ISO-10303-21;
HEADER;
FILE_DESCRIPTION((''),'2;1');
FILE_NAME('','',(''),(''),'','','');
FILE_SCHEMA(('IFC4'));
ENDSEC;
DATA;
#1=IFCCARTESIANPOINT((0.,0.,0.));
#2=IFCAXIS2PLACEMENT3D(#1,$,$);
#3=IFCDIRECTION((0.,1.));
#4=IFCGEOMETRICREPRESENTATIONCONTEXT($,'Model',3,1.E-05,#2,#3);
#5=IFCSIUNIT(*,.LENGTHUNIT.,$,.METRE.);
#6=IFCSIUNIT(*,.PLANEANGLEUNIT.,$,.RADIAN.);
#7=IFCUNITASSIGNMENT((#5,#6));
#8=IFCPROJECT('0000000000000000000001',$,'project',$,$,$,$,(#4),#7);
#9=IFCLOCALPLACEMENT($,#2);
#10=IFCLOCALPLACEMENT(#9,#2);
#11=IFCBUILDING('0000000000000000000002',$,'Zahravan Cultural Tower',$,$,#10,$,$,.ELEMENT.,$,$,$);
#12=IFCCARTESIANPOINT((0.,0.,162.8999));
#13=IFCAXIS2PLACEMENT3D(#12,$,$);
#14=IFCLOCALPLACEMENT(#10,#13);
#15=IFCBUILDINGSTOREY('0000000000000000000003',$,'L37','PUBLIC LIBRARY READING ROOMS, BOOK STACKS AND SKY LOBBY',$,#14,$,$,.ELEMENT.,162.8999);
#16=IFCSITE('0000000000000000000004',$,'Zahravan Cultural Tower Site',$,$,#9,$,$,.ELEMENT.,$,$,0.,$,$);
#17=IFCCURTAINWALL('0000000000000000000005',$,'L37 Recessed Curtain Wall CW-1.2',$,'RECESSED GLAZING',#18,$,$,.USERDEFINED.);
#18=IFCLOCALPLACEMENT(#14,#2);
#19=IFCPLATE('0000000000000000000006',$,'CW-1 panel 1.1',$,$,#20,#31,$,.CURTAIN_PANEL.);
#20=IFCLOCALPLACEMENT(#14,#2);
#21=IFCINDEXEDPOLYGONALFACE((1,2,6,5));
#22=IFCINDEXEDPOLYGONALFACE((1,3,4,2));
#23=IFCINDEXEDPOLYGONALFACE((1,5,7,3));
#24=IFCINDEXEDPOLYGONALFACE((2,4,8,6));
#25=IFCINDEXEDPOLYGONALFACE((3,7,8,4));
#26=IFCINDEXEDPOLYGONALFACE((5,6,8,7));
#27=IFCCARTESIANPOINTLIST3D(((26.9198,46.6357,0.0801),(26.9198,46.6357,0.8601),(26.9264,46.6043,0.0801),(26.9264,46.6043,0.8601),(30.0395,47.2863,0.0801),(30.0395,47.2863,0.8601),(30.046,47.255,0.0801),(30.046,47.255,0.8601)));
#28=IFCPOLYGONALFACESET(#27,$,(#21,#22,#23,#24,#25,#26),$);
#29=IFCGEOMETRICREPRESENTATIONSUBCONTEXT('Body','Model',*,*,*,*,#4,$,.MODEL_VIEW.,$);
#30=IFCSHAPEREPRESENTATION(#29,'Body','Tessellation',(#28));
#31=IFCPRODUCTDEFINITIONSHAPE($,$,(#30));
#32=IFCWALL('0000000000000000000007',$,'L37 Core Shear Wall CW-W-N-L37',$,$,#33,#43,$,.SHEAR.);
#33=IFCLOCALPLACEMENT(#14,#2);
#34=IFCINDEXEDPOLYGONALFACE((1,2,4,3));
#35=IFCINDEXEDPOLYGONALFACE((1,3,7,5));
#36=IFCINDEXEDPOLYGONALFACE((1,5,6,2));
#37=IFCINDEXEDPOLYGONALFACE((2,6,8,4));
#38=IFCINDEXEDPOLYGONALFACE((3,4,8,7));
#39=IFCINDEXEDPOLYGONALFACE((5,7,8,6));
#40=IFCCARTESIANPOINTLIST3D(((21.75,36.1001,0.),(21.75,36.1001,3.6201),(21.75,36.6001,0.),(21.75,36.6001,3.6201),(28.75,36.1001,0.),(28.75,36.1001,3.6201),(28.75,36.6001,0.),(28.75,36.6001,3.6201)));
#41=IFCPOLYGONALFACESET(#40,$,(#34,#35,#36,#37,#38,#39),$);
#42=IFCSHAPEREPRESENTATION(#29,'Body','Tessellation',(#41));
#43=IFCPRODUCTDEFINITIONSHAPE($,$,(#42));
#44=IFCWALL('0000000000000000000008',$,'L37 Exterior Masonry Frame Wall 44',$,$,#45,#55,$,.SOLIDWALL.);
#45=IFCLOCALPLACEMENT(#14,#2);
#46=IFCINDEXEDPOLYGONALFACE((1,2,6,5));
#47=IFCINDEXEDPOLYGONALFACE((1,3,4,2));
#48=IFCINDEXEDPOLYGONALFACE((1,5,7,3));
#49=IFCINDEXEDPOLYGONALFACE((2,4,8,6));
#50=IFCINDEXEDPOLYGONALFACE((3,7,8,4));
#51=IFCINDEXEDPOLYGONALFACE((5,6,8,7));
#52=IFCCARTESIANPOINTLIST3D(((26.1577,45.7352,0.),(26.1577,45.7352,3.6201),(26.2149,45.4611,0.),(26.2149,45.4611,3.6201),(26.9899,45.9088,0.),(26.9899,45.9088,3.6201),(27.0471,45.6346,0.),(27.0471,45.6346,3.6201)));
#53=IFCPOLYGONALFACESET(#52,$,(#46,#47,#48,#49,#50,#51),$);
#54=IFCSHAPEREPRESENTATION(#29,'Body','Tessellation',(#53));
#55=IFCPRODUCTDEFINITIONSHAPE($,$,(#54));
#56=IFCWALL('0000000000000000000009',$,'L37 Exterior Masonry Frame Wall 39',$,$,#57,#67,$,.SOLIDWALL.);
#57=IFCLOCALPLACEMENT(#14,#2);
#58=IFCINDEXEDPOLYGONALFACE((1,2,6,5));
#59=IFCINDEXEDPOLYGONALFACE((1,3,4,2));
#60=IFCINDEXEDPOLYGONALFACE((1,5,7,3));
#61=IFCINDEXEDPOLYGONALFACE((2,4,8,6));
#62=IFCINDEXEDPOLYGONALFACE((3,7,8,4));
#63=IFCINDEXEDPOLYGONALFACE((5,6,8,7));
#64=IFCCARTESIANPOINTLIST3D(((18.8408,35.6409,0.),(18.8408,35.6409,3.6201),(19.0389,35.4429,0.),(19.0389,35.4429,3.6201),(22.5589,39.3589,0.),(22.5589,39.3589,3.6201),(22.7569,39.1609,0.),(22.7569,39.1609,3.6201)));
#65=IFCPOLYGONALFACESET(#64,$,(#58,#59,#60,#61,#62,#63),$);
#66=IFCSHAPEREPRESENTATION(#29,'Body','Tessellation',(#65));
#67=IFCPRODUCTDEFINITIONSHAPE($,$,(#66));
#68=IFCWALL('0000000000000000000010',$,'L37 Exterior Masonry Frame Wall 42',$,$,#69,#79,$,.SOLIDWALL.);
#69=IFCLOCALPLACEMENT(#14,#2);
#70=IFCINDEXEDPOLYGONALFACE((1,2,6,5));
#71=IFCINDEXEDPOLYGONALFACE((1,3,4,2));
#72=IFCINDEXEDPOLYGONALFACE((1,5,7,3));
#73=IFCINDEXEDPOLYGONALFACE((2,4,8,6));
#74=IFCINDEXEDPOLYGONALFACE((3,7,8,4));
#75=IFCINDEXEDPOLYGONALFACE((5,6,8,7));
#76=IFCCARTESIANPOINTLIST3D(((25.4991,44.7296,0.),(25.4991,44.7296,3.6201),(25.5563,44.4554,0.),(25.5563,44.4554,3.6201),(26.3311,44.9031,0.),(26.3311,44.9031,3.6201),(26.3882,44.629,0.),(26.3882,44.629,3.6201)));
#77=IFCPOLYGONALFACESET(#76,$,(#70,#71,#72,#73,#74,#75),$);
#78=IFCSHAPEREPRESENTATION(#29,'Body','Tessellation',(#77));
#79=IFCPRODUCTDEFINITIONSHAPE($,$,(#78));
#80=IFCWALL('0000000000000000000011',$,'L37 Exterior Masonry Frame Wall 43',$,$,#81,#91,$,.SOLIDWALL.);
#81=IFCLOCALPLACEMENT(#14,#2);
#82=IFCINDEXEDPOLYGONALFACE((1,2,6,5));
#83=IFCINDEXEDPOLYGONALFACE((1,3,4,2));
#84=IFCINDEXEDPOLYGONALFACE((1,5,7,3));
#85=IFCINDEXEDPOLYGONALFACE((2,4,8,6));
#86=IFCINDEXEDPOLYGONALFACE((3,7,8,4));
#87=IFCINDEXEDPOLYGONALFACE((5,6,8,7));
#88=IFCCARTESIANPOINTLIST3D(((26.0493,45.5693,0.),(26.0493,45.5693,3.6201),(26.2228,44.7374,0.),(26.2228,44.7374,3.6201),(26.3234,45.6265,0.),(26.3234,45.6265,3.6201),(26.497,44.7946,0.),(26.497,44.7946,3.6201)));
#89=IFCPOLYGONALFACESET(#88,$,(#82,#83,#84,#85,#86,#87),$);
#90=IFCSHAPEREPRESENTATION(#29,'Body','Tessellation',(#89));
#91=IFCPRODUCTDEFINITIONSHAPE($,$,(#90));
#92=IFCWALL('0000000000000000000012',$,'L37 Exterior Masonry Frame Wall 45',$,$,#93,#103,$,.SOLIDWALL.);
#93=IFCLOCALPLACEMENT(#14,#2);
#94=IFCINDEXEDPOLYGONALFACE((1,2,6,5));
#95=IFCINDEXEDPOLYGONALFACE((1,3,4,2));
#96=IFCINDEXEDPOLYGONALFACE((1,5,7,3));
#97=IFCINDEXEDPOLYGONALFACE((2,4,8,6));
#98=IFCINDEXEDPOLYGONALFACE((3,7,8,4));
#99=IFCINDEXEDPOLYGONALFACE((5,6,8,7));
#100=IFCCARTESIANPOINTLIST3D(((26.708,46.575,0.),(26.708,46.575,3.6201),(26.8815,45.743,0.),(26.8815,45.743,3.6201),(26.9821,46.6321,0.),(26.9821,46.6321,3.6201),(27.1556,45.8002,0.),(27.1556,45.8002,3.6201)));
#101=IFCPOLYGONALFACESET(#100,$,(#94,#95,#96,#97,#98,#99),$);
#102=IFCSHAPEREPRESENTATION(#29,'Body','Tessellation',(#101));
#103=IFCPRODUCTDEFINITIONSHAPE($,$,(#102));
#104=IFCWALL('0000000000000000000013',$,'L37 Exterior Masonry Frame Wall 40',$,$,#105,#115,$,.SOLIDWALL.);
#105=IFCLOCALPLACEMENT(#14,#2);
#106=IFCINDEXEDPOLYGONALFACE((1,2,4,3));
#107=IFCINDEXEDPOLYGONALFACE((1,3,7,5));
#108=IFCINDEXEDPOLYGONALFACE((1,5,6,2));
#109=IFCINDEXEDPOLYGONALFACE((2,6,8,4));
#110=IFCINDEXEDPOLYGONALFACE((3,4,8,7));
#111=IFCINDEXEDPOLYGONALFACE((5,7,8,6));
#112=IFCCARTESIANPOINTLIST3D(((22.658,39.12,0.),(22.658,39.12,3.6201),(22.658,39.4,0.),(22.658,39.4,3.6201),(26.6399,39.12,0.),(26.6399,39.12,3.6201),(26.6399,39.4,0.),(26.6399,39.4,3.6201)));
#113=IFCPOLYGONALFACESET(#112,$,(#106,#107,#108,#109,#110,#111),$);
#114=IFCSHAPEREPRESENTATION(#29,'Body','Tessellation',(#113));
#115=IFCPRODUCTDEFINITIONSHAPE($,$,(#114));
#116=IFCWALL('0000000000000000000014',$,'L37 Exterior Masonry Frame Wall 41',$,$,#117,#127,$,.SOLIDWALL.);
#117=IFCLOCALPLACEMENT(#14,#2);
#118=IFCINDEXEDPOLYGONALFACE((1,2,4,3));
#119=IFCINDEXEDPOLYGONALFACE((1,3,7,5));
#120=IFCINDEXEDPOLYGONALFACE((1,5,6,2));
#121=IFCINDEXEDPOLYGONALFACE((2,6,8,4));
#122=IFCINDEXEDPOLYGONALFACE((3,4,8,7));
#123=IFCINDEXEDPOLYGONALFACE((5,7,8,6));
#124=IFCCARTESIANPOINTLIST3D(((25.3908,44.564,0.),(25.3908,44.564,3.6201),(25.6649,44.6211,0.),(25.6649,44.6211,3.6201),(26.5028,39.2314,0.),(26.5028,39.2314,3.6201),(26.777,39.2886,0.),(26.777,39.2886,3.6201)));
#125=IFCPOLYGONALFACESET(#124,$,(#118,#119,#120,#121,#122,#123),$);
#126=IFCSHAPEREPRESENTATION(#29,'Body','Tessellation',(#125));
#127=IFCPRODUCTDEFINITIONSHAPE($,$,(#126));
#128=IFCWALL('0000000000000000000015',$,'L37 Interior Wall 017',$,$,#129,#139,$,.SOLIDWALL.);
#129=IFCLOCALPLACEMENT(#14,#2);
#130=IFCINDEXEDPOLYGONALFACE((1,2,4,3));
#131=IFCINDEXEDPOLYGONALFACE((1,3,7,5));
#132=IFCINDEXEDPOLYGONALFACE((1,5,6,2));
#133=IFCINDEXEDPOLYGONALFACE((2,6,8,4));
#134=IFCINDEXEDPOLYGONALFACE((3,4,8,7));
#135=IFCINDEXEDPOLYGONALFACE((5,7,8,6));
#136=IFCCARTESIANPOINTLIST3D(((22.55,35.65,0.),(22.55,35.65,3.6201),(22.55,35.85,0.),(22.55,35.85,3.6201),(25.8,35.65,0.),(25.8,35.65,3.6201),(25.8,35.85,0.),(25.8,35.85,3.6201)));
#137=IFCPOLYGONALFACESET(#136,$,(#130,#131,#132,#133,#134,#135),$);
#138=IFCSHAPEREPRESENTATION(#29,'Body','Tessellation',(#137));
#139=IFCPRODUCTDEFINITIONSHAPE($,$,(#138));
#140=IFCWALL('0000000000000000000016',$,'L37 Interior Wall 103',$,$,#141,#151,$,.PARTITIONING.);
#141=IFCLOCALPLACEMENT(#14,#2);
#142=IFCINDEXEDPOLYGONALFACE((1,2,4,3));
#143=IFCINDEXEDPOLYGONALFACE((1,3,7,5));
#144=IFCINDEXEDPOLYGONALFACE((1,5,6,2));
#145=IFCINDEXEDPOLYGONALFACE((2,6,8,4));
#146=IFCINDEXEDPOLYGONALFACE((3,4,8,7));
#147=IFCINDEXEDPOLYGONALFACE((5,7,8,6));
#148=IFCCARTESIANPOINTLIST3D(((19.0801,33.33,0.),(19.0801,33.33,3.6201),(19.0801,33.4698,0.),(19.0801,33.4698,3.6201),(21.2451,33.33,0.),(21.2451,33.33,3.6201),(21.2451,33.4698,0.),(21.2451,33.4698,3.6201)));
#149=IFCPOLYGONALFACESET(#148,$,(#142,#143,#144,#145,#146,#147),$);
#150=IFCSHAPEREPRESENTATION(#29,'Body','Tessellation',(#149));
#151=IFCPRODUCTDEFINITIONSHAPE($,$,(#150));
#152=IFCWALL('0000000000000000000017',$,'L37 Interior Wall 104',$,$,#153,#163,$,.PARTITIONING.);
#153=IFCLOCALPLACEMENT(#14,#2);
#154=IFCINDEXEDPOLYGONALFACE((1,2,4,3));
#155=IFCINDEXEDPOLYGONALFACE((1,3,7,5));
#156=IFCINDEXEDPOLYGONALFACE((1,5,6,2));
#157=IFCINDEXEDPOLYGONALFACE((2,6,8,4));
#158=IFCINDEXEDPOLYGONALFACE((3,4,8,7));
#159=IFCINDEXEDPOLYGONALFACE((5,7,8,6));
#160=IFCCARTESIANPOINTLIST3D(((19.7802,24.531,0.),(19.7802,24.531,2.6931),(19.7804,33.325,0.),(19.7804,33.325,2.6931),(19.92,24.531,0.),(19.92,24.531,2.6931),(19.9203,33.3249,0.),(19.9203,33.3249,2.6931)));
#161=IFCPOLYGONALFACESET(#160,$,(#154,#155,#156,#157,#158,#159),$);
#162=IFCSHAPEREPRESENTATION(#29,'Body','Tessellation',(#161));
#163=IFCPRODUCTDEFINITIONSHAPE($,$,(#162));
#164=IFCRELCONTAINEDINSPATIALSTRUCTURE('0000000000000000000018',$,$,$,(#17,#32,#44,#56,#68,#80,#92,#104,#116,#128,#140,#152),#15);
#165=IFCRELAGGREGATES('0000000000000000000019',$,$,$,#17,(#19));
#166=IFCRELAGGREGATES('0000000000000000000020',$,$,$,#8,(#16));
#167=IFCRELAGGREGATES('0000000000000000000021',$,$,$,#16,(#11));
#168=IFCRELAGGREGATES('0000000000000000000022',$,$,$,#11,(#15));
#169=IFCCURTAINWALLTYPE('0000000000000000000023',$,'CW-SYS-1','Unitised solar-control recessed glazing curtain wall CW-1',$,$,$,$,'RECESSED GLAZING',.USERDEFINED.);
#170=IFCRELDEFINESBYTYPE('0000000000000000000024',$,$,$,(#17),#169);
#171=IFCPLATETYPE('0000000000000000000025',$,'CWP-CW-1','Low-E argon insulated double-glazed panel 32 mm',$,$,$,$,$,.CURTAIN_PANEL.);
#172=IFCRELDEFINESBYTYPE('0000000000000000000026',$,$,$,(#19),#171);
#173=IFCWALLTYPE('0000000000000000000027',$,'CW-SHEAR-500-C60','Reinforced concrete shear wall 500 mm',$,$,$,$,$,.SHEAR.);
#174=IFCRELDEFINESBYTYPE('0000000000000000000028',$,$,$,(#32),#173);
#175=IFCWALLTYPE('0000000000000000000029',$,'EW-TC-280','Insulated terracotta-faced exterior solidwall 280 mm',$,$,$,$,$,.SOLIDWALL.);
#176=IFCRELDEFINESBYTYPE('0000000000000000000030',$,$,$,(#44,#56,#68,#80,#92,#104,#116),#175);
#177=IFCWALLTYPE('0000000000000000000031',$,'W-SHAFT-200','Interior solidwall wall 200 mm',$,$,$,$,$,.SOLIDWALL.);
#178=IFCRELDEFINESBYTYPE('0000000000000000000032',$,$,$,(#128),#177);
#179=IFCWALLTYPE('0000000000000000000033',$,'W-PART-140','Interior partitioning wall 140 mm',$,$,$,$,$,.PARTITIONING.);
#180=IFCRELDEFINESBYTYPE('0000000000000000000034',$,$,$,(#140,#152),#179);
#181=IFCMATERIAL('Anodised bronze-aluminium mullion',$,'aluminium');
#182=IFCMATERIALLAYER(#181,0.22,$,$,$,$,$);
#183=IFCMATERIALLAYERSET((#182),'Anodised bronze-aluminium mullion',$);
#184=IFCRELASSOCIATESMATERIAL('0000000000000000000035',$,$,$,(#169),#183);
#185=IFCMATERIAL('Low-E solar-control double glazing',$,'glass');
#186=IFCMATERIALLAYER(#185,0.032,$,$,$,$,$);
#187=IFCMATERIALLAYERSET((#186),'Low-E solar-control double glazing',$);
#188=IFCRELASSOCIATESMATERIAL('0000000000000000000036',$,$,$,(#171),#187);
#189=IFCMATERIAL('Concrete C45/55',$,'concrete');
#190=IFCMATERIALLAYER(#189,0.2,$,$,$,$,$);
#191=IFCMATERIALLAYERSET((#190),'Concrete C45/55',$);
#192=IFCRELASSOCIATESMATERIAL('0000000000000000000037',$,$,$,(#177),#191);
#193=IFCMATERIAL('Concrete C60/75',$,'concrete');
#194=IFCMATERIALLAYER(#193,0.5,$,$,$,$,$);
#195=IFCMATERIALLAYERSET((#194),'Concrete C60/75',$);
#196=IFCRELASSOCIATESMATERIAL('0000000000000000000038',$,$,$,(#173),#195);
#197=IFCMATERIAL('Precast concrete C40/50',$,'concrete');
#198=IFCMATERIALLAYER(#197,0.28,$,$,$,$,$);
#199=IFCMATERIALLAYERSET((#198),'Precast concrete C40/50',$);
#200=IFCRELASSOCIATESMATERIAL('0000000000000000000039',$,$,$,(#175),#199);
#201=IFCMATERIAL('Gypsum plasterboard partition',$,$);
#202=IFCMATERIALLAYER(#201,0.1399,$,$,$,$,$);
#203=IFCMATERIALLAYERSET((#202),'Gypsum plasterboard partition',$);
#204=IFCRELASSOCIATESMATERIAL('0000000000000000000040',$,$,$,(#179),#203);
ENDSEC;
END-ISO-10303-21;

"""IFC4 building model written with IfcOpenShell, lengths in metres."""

from ifc_helpers import new_model, si_unit, direction, frame, frame_2d, origin, origin_2d, place, context, subcontext, project, spatial, rectangle, extrude, source, transform, mapped, material, layer, layer_set, type_object, element, aggregate, save


model = new_model("IFC4")

# Units and contexts
model_context = context("Model", 3, precision=1e-05, world=origin(), true_north=direction((0.0, 1.0)))
body_context = subcontext(model_context, "Body", "Model", "MODEL_VIEW")
ifc_project = project(units=[si_unit("LENGTHUNIT", "METRE"), si_unit("PLANEANGLEUNIT", "RADIAN")], contexts=[model_context])

# Site, building, storey
site_placement = place(None, origin())
site = spatial("IfcSite", under=ifc_project, at=site_placement, Name="Zahravan Cultural Tower Site", CompositionType="ELEMENT", RefElevation=0.0)
building_placement = place(site_placement, origin())
building = spatial("IfcBuilding", under=site, at=building_placement, Name="Zahravan Cultural Tower", CompositionType="ELEMENT")
storey_placement = place(building_placement, frame((0.0, 0.0, 162.8999)))
storey = spatial("IfcBuildingStorey", under=building, at=storey_placement, Name="L37", Description="PUBLIC LIBRARY READING ROOMS, BOOK STACKS AND SKY LOBBY", CompositionType="ELEMENT", Elevation=162.8999)

# Curtain wall, plate
ifc_material_1 = material(Name="Anodised bronze-aluminium mullion", Category="aluminium")
ifc_layer_1 = layer(ifc_material_1, 0.22)
ifc_layer_set_1 = layer_set([ifc_layer_1], Name="Anodised bronze-aluminium mullion")
curtain_wall_type = type_object("IfcCurtainWallType", Name="CW-SYS-1", Description="Unitised solar-control recessed glazing curtain wall CW-1", ElementType="RECESSED GLAZING", PredefinedType="USERDEFINED", material=ifc_layer_set_1)
curtain_wall_placement = place(storey_placement, origin())
curtain_wall = element("IfcCurtainWall", 1, at=curtain_wall_placement, inside=storey, type_object=curtain_wall_type, Name="L37 Recessed Curtain Wall CW-1.2", ObjectType="RECESSED GLAZING", PredefinedType="USERDEFINED")
ifc_material_2 = material(Name="Low-E solar-control double glazing", Category="glass")
ifc_layer_2 = layer(ifc_material_2, 0.032)
ifc_layer_set_2 = layer_set([ifc_layer_2], Name="Low-E solar-control double glazing")
plate_type = type_object("IfcPlateType", Name="CWP-CW-1", Description="Low-E argon insulated double-glazed panel 32 mm", PredefinedType="CURTAIN_PANEL", material=ifc_layer_set_2)
shared_shape_1 = source(origin(), body_context, "Body", "SweptSolid", [
    extrude(rectangle(XDim=3.1868, YDim=0.032, at=origin_2d()), origin(), (0.0, 0.0, 1.0), 0.78),
])
plate_placement = place(storey_placement, frame((28.4829, 46.9453, 0.0801), z_axis=(0.0, 0.0, 1.0), x_axis=(0.978937, 0.204162, 0.0)))
plate = element("IfcPlate", 2, at=plate_placement, type_object=plate_type, Name="CW-1 panel 1.1", PredefinedType="CURTAIN_PANEL", context=body_context, shape_type="MappedRepresentation", body=[
    mapped(shared_shape_1, transform((0.0, 0.0, 0.0), x_axis=(1.0, 0.0, 0.0), y_axis=(0.0, 1.0, 0.0), z_axis=(0.0, 0.0, 1.0), scale=1.0)),
])
aggregate(curtain_wall, [plate])

# Shared definitions
ifc_material_3 = material(Name="Concrete C45/55", Category="concrete")
ifc_layer_3 = layer(ifc_material_3, 0.2)
ifc_layer_set_3 = layer_set([ifc_layer_3], Name="Concrete C45/55")
wall_type_1 = type_object("IfcWallType", Name="W-SHAFT-200", Description="Interior solidwall wall 200 mm", PredefinedType="SOLIDWALL", material=ifc_layer_set_3)

# Walls
ifc_material_4 = material(Name="Concrete C60/75", Category="concrete")
ifc_layer_4 = layer(ifc_material_4, 0.5)
ifc_layer_set_4 = layer_set([ifc_layer_4], Name="Concrete C60/75")
wall_type_2 = type_object("IfcWallType", Name="CW-SHEAR-500-C60", Description="Reinforced concrete shear wall 500 mm", PredefinedType="SHEAR", material=ifc_layer_set_4)
shared_shape_2 = source(origin(), body_context, "Body", "SweptSolid", [
    extrude(rectangle(XDim=7.0, YDim=0.5, at=frame_2d((3.5, 0.0))), origin(), (0.0, 0.0, 1.0), 3.6201),
])
wall_1_placement = place(storey_placement, frame((21.75, 36.3501, 0.0), z_axis=(0.0, 0.0, 1.0), x_axis=(1.0, 0.0, 0.0)))
element("IfcWall", 3, at=wall_1_placement, inside=storey, type_object=wall_type_2, Name="L37 Core Shear Wall CW-W-N-L37", PredefinedType="SHEAR", context=body_context, shape_type="MappedRepresentation", body=[
    mapped(shared_shape_2, transform((0.0, 0.0, 0.0), x_axis=(1.0, 0.0, 0.0), y_axis=(0.0, 1.0, 0.0), z_axis=(0.0, 0.0, 1.0), scale=1.0)),
])
ifc_material_5 = material(Name="Precast concrete C40/50", Category="concrete")
ifc_layer_5 = layer(ifc_material_5, 0.28)
ifc_layer_set_5 = layer_set([ifc_layer_5], Name="Precast concrete C40/50")
wall_type_3 = type_object("IfcWallType", Name="EW-TC-280", Description="Insulated terracotta-faced exterior solidwall 280 mm", PredefinedType="SOLIDWALL", material=ifc_layer_set_5)
shared_shape_3 = source(origin(), body_context, "Body", "SweptSolid", [
    extrude(rectangle(XDim=0.8501, YDim=0.28, at=frame_2d((0.425, 0.0))), origin(), (0.0, 0.0, 1.0), 3.6201),
])
wall_2_placement = place(storey_placement, frame((26.1863, 45.5981, 0.0), z_axis=(0.0, 0.0, 1.0), x_axis=(0.978935, 0.204172, 0.0)))
element("IfcWall", 4, at=wall_2_placement, inside=storey, type_object=wall_type_3, Name="L37 Exterior Masonry Frame Wall 44", PredefinedType="SOLIDWALL", context=body_context, shape_type="MappedRepresentation", body=[
    mapped(shared_shape_3, transform((0.0, 0.0, 0.0), x_axis=(1.0, 0.0, 0.0), y_axis=(0.0, 1.0, 0.0), z_axis=(0.0, 0.0, 1.0), scale=1.0)),
])
shared_shape_4 = source(origin(), body_context, "Body", "SweptSolid", [
    extrude(rectangle(XDim=5.2581, YDim=0.28, at=frame_2d((2.6289, 0.0))), origin(), (0.0, 0.0, 1.0), 3.6201),
])
wall_3_placement = place(storey_placement, frame((18.9399, 35.542, 0.0), z_axis=(0.0, 0.0, 1.0), x_axis=(0.707107, 0.707107, 0.0)))
element("IfcWall", 5, at=wall_3_placement, inside=storey, type_object=wall_type_3, Name="L37 Exterior Masonry Frame Wall 39", PredefinedType="SOLIDWALL", context=body_context, shape_type="MappedRepresentation", body=[
    mapped(shared_shape_4, transform((0.0, 0.0, 0.0), x_axis=(1.0, 0.0, 0.0), y_axis=(0.0, 1.0, 0.0), z_axis=(0.0, 0.0, 1.0), scale=1.0)),
])
shared_shape_5 = source(origin(), body_context, "Body", "SweptSolid", [
    extrude(rectangle(XDim=0.8499, YDim=0.28, at=frame_2d((0.4248, 0.0))), origin(), (0.0, 0.0, 1.0), 3.6201),
])
for number, where, z_axis, x_axis, name in (
    (6, (25.5278, 44.5925, 0.0), (0.0, 0.0, 1.0), (0.978923, 0.20423, 0.0), "L37 Exterior Masonry Frame Wall 42"),
    (7, (26.3599, 44.7661, 0.0), (0.0, 0.0, 1.0), (-0.20423, 0.978923, 0.0), "L37 Exterior Masonry Frame Wall 43"),
    (8, (27.0186, 45.7717, 0.0), (0.0, 0.0, 1.0), (-0.20423, 0.978923, 0.0), "L37 Exterior Masonry Frame Wall 45"),
):
    element("IfcWall", number, at=place(storey_placement, frame(where, z_axis=z_axis, x_axis=x_axis)), inside=storey, type_object=wall_type_3, Name=name, PredefinedType="SOLIDWALL", context=body_context, shape_type="MappedRepresentation", body=[
        mapped(shared_shape_5, transform((0.0, 0.0, 0.0), x_axis=(1.0, 0.0, 0.0), y_axis=(0.0, 1.0, 0.0), z_axis=(0.0, 0.0, 1.0), scale=1.0)),
    ])
shared_shape_6 = source(origin(), body_context, "Body", "SweptSolid", [
    extrude(rectangle(XDim=3.9819, YDim=0.28, at=frame_2d((1.991, 0.0))), origin(), (0.0, 0.0, 1.0), 3.6201),
])
wall_4_placement = place(storey_placement, frame((22.658, 39.26, 0.0), z_axis=(0.0, 0.0, 1.0), x_axis=(1.0, 0.0, 0.0)))
element("IfcWall", 9, at=wall_4_placement, inside=storey, type_object=wall_type_3, Name="L37 Exterior Masonry Frame Wall 40", PredefinedType="SOLIDWALL", context=body_context, shape_type="MappedRepresentation", body=[
    mapped(shared_shape_6, transform((0.0, 0.0, 0.0), x_axis=(1.0, 0.0, 0.0), y_axis=(0.0, 1.0, 0.0), z_axis=(0.0, 0.0, 1.0), scale=1.0)),
])
shared_shape_7 = source(origin(), body_context, "Body", "SweptSolid", [
    extrude(rectangle(XDim=5.4473, YDim=0.28, at=frame_2d((2.7236, 0.0))), origin(), (0.0, 0.0, 1.0), 3.6201),
])
wall_5_placement = place(storey_placement, frame((26.6399, 39.26, 0.0), z_axis=(0.0, 0.0, 1.0), x_axis=(-0.204151, 0.978939, 0.0)))
element("IfcWall", 10, at=wall_5_placement, inside=storey, type_object=wall_type_3, Name="L37 Exterior Masonry Frame Wall 41", PredefinedType="SOLIDWALL", context=body_context, shape_type="MappedRepresentation", body=[
    mapped(shared_shape_7, transform((0.0, 0.0, 0.0), x_axis=(1.0, 0.0, 0.0), y_axis=(0.0, 1.0, 0.0), z_axis=(0.0, 0.0, 1.0), scale=1.0)),
])
shared_shape_8 = source(origin(), body_context, "Body", "SweptSolid", [
    extrude(rectangle(XDim=3.25, YDim=0.2, at=frame_2d((1.625, 0.0))), origin(), (0.0, 0.0, 1.0), 3.6201),
])
wall_6_placement = place(storey_placement, frame((22.55, 35.75, 0.0), z_axis=(0.0, 0.0, 1.0), x_axis=(1.0, 0.0, 0.0)))
element("IfcWall", 11, at=wall_6_placement, inside=storey, type_object=wall_type_1, Name="L37 Interior Wall 017", PredefinedType="SOLIDWALL", context=body_context, shape_type="MappedRepresentation", body=[
    mapped(shared_shape_8, transform((0.0, 0.0, 0.0), x_axis=(1.0, 0.0, 0.0), y_axis=(0.0, 1.0, 0.0), z_axis=(0.0, 0.0, 1.0), scale=1.0)),
])
ifc_material_6 = material(Name="Gypsum plasterboard partition")
ifc_layer_6 = layer(ifc_material_6, 0.1399)
ifc_layer_set_6 = layer_set([ifc_layer_6], Name="Gypsum plasterboard partition")
wall_type_4 = type_object("IfcWallType", Name="W-PART-140", Description="Interior partitioning wall 140 mm", PredefinedType="PARTITIONING", material=ifc_layer_set_6)
shared_shape_9 = source(origin(), body_context, "Body", "SweptSolid", [
    extrude(rectangle(XDim=2.165, YDim=0.1399, at=frame_2d((1.0825, 0.0))), origin(), (0.0, 0.0, 1.0), 3.6201),
])
wall_7_placement = place(storey_placement, frame((21.2451, 33.3999, 0.0), z_axis=(0.0, 0.0, 1.0), x_axis=(-1.0, 0.0, 0.0)))
element("IfcWall", 12, at=wall_7_placement, inside=storey, type_object=wall_type_4, Name="L37 Interior Wall 103", PredefinedType="PARTITIONING", context=body_context, shape_type="MappedRepresentation", body=[
    mapped(shared_shape_9, transform((0.0, 0.0, 0.0), x_axis=(1.0, 0.0, 0.0), y_axis=(0.0, 1.0, 0.0), z_axis=(0.0, 0.0, 1.0), scale=1.0)),
])
shared_shape_10 = source(origin(), body_context, "Body", "SweptSolid", [
    extrude(rectangle(XDim=8.7939, YDim=0.1399, at=frame_2d((4.397, 0.0))), origin(), (0.0, 0.0, 1.0), 2.6931),
])
wall_8_placement = place(storey_placement, frame((19.8503, 33.325, 0.0), z_axis=(0.0, 0.0, 1.0), x_axis=(-0.000028, -1.0, 0.0)))
element("IfcWall", 13, at=wall_8_placement, inside=storey, type_object=wall_type_4, Name="L37 Interior Wall 104", PredefinedType="PARTITIONING", context=body_context, shape_type="MappedRepresentation", body=[
    mapped(shared_shape_10, transform((0.0, 0.0, 0.0), x_axis=(1.0, 0.0, 0.0), y_axis=(0.0, 1.0, 0.0), z_axis=(0.0, 0.0, 1.0), scale=1.0)),
])

save(model, "model.ifc")
